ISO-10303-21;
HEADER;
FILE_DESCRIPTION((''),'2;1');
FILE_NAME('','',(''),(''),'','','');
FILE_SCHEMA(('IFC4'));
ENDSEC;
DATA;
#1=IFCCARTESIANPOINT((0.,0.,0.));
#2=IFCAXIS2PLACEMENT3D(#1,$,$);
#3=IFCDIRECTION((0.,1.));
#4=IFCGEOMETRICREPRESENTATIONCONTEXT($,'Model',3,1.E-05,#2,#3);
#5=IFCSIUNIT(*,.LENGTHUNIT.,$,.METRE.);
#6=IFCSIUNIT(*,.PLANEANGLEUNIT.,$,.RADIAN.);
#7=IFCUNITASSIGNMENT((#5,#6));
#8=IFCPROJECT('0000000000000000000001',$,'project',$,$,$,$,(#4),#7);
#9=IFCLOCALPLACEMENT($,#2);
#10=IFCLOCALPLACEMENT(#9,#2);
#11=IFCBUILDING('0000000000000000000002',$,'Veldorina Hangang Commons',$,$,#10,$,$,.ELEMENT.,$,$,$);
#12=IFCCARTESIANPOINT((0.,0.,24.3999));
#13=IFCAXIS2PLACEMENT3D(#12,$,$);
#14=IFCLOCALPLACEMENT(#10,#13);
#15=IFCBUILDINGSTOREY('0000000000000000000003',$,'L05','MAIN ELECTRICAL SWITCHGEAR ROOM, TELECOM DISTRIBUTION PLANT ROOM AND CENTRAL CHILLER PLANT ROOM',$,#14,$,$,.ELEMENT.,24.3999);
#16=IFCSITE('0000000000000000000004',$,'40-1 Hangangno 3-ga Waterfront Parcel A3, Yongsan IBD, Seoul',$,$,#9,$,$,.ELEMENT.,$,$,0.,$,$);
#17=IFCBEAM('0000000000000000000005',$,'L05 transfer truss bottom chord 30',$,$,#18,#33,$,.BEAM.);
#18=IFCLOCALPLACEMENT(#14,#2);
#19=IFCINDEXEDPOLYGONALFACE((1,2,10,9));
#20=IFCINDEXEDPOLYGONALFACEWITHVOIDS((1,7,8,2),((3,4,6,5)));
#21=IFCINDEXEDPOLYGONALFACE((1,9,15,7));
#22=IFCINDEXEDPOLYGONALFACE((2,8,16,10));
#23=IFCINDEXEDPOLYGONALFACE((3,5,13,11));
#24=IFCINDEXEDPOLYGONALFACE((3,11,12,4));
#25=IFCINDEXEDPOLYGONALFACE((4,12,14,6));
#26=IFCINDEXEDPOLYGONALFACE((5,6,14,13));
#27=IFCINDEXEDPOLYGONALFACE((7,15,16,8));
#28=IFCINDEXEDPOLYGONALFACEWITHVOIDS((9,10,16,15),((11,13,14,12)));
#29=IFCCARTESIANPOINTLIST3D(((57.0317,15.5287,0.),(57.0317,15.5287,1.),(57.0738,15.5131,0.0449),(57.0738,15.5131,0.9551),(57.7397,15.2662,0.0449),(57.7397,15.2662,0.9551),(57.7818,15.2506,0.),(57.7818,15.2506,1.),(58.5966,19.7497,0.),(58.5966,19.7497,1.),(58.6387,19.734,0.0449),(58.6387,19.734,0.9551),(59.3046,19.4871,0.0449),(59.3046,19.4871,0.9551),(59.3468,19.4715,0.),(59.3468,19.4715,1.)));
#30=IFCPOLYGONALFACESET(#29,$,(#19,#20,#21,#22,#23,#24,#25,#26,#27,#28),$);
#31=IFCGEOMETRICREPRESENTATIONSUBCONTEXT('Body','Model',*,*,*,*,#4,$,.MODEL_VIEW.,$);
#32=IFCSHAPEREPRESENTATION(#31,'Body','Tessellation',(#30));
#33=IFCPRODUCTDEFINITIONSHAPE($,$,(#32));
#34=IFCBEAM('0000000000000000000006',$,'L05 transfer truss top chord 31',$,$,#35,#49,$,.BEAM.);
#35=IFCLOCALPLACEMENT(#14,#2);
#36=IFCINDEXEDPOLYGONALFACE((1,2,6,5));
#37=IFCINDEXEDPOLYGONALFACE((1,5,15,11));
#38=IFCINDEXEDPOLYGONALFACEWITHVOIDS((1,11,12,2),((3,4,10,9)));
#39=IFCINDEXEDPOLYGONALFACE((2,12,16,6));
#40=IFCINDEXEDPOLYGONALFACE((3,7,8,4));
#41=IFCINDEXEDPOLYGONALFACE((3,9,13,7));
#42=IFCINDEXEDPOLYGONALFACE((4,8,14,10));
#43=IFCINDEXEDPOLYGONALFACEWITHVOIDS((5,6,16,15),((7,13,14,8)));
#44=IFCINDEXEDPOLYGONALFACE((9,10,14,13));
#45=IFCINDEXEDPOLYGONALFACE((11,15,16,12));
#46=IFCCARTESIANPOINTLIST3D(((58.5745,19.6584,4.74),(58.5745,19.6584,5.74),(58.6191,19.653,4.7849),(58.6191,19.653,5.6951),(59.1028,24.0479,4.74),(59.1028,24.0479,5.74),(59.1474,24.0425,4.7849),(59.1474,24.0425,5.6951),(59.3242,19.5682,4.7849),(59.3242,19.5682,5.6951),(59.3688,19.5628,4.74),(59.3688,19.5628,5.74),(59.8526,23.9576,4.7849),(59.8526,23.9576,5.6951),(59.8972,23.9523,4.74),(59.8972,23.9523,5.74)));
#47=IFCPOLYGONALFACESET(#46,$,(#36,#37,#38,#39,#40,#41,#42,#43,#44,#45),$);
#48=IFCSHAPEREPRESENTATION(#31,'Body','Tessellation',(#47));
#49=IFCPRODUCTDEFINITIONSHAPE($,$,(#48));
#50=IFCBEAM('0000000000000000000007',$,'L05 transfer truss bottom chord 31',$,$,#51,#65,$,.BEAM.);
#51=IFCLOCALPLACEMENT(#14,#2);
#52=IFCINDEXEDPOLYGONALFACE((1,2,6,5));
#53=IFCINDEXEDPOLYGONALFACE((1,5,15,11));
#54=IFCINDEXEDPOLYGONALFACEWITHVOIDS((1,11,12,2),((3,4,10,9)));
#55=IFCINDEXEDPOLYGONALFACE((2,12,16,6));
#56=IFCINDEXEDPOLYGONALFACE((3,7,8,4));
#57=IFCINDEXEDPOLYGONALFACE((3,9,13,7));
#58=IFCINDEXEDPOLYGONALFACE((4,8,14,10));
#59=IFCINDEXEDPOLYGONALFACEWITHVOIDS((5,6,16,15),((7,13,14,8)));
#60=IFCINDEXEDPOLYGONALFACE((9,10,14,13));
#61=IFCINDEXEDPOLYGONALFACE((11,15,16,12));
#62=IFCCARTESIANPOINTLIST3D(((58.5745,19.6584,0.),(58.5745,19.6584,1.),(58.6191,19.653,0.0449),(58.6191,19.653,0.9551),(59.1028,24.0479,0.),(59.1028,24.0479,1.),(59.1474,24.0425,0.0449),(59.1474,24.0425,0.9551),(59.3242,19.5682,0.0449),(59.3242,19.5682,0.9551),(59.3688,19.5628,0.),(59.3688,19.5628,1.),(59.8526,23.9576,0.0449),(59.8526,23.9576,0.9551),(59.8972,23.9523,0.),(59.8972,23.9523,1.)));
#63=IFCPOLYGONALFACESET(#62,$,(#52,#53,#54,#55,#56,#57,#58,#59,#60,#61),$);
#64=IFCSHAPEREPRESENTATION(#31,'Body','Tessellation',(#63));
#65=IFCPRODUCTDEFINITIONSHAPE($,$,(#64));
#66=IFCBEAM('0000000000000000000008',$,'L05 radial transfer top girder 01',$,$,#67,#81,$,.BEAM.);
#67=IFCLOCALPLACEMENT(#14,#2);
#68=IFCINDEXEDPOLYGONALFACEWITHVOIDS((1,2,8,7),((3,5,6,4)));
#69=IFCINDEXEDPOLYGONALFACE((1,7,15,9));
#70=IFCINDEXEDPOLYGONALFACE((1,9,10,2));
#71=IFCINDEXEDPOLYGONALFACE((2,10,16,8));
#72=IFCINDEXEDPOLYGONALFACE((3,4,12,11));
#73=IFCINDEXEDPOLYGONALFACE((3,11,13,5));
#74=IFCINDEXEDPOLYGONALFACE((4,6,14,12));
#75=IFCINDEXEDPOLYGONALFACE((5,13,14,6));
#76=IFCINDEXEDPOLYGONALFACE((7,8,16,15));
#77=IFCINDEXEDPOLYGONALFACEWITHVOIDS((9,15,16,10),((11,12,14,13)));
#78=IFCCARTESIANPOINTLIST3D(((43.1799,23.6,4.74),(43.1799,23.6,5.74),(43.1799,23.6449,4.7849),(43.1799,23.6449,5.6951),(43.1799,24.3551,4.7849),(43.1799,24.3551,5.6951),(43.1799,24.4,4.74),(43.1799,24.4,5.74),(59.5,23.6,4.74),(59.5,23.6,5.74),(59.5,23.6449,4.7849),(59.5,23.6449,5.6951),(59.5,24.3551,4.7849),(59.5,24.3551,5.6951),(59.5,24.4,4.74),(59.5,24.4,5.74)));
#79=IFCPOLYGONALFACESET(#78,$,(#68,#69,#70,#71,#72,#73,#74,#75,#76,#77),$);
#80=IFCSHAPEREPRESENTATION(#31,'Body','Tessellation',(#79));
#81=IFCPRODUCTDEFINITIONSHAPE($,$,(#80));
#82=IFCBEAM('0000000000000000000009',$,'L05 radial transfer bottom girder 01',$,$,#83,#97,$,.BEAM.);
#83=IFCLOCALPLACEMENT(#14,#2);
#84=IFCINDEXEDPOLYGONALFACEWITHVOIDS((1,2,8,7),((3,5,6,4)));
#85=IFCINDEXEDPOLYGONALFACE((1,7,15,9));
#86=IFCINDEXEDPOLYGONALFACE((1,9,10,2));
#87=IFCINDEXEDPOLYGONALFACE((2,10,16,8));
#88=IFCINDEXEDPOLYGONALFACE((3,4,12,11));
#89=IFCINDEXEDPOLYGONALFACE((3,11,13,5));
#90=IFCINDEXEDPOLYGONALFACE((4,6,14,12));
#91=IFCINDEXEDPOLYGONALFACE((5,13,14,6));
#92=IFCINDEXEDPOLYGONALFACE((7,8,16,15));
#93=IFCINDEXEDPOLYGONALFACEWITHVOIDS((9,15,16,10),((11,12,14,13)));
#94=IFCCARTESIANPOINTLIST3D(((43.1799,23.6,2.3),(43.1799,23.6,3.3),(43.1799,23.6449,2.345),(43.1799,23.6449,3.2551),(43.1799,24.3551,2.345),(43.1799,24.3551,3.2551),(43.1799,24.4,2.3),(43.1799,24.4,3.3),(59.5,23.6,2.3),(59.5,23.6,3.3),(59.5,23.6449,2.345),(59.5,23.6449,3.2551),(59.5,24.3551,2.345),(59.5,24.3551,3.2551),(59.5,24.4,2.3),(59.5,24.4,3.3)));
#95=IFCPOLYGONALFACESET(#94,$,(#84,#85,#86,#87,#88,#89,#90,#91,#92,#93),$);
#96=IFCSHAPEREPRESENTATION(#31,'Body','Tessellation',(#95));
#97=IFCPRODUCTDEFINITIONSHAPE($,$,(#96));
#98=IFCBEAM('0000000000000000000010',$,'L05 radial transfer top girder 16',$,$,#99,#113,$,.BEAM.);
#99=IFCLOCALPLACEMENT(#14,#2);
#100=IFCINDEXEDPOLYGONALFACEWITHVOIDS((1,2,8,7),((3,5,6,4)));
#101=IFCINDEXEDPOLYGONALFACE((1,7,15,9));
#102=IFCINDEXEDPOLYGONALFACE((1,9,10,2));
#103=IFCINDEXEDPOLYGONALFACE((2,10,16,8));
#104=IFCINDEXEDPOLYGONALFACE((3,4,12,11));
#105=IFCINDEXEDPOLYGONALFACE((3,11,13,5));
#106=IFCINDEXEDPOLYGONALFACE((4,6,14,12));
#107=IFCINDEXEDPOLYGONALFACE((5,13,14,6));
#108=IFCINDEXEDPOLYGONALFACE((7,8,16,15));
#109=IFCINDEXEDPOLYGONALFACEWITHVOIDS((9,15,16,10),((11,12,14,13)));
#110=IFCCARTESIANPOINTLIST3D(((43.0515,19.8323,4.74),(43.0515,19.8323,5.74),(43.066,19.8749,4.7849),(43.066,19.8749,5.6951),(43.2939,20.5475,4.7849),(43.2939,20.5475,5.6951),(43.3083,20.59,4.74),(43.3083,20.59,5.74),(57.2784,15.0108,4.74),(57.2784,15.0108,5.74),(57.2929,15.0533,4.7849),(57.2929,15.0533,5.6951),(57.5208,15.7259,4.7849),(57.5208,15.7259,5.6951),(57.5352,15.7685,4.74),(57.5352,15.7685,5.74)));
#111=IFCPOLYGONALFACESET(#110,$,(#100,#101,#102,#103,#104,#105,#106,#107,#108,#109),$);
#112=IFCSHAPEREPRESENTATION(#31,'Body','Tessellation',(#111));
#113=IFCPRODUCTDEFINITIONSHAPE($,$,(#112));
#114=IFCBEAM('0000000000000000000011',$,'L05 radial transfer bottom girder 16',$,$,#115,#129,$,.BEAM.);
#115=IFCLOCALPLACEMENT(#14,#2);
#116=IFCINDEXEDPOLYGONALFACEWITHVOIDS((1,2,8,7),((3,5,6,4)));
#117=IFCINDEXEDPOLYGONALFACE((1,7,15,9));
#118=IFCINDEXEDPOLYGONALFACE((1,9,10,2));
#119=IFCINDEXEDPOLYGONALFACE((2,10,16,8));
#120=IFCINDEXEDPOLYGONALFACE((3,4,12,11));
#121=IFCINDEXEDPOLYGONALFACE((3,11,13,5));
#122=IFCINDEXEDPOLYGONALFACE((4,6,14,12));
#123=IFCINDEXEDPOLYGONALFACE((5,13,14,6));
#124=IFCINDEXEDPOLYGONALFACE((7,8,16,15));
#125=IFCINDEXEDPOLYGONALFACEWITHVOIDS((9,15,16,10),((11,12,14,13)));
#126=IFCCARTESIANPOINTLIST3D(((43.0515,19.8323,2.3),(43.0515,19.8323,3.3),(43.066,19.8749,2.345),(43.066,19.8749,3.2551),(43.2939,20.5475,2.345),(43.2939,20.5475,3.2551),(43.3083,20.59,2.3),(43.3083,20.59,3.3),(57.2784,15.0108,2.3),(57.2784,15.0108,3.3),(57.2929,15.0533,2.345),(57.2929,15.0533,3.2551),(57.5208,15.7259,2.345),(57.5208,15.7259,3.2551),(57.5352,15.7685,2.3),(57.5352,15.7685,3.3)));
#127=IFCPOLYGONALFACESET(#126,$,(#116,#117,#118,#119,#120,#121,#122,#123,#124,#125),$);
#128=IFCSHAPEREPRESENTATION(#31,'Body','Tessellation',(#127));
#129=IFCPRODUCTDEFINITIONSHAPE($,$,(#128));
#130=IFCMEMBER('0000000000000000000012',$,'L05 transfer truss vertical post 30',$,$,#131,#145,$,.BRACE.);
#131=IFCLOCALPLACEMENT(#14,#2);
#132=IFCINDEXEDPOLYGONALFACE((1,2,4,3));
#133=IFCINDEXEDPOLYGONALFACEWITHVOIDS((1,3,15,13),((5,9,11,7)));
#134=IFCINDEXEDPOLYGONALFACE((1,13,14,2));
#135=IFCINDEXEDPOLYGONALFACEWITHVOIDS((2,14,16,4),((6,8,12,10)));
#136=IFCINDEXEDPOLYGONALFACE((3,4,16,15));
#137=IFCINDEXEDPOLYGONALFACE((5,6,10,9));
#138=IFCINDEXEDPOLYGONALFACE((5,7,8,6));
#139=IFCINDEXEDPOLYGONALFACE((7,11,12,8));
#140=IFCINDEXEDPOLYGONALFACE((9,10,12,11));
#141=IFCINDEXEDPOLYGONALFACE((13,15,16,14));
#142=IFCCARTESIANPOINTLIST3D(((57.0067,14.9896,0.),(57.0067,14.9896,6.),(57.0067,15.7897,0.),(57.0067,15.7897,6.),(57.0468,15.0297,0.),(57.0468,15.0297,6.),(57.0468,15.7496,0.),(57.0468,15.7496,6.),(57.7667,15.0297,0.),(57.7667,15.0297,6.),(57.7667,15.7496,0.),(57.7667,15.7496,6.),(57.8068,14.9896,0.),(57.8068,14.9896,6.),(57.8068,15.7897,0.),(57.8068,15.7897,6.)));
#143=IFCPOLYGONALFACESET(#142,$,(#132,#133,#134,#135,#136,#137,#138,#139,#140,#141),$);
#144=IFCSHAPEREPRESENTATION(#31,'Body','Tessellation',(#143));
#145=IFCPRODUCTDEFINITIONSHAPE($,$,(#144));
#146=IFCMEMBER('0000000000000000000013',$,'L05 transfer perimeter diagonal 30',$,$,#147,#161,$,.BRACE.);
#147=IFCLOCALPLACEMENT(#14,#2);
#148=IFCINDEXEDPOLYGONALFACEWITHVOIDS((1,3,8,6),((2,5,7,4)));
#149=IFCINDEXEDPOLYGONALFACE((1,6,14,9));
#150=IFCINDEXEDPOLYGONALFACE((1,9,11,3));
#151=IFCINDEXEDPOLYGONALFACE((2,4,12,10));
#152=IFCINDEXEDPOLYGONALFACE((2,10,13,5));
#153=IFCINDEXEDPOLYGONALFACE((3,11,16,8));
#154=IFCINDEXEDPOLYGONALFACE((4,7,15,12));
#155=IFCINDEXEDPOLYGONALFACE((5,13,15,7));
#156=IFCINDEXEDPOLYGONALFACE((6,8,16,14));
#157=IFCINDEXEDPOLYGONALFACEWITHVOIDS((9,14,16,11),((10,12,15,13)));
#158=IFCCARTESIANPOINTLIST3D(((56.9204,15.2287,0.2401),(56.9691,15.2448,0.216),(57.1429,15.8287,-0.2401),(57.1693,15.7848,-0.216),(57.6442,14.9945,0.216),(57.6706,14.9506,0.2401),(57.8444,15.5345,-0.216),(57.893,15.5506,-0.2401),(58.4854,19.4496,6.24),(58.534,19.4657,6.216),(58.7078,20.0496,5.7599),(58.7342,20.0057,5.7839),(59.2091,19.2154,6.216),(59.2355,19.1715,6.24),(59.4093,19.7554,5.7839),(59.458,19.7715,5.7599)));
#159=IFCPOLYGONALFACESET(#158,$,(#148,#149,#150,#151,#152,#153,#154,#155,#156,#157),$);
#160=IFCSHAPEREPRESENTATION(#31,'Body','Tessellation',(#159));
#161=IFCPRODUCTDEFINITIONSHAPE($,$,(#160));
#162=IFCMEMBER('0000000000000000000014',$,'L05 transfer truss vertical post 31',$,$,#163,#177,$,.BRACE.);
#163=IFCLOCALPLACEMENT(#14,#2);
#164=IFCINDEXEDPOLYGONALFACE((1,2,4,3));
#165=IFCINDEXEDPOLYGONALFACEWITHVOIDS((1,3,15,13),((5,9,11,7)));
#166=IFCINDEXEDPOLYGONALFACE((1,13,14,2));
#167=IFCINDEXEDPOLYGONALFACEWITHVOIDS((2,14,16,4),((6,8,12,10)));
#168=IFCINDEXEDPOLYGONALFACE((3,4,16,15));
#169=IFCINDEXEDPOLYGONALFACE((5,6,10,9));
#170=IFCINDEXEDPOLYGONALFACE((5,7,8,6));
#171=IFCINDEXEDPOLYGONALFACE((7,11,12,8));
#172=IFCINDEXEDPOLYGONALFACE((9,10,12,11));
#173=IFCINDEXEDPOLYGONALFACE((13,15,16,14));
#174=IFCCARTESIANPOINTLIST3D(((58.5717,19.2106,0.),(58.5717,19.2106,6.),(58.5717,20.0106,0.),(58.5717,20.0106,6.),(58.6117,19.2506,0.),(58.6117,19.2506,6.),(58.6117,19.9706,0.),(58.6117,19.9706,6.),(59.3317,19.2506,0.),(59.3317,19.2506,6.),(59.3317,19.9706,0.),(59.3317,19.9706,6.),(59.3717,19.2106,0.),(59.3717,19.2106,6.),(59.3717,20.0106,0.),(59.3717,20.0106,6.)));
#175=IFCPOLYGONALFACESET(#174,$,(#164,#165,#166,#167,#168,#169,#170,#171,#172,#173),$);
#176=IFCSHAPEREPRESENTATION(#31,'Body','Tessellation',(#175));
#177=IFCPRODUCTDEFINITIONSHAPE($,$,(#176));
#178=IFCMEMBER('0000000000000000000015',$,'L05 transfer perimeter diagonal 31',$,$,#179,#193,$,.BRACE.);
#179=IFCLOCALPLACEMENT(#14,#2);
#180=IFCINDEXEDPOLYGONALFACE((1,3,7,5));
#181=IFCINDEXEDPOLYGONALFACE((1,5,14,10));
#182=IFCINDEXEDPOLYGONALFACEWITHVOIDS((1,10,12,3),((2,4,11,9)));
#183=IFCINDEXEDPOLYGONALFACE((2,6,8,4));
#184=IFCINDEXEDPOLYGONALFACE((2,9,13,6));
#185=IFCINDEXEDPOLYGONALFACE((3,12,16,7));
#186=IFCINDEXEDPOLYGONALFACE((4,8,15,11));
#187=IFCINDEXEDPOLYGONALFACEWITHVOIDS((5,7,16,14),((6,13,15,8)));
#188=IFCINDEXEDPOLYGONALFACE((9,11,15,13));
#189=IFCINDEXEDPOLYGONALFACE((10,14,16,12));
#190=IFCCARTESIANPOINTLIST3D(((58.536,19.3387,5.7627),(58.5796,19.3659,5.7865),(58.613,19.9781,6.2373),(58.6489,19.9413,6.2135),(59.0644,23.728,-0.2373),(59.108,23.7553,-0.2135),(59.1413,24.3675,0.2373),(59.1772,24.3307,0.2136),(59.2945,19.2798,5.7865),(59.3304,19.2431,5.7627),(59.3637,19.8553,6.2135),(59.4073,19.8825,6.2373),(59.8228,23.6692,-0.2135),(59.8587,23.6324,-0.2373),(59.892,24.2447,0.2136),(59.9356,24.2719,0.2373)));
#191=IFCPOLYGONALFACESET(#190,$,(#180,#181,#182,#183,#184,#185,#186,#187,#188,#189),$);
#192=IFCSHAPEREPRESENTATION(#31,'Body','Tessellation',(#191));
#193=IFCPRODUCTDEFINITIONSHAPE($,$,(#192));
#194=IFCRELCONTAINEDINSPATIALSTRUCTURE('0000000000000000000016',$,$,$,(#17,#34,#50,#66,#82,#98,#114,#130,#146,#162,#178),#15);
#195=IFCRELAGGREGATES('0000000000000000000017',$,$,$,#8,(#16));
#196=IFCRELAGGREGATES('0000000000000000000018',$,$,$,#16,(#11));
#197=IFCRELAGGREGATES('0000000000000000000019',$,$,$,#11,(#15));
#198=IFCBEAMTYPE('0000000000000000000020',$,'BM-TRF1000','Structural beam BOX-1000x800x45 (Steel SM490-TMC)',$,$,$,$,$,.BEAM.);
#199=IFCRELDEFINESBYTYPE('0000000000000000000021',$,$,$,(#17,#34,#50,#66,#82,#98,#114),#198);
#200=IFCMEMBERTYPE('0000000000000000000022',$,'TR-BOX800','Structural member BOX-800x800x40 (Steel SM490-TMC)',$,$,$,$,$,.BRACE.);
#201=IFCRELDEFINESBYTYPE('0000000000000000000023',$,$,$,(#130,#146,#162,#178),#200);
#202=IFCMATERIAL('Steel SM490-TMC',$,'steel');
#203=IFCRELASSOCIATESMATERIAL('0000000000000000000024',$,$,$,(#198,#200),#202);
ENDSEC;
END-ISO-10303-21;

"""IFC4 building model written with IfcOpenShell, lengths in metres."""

from ifc_helpers import new_model, si_unit, direction, frame, origin, origin_2d, place, context, subcontext, project, spatial, hollow_rectangle, extrude, material, material_profile, profile_set, type_object, element, save


model = new_model("IFC4")

# Units and contexts
model_context = context("Model", 3, precision=1e-05, world=origin(), true_north=direction((0.0, 1.0)))
body_context = subcontext(model_context, "Body", "Model", "MODEL_VIEW")
ifc_project = project(units=[si_unit("LENGTHUNIT", "METRE"), si_unit("PLANEANGLEUNIT", "RADIAN")], contexts=[model_context])

# Site, building, storey
site_placement = place(None, origin())
site = spatial("IfcSite", under=ifc_project, at=site_placement, Name="40-1 Hangangno 3-ga Waterfront Parcel A3, Yongsan IBD, Seoul", CompositionType="ELEMENT", RefElevation=0.0)
building_placement = place(site_placement, origin())
building = spatial("IfcBuilding", under=site, at=building_placement, Name="Veldorina Hangang Commons", CompositionType="ELEMENT")
storey_placement = place(building_placement, frame((0.0, 0.0, 24.3999)))
storey = spatial("IfcBuildingStorey", under=building, at=storey_placement, Name="L05", Description="MAIN ELECTRICAL SWITCHGEAR ROOM, TELECOM DISTRIBUTION PLANT ROOM AND CENTRAL CHILLER PLANT ROOM", CompositionType="ELEMENT", Elevation=24.3999)

# Beams
ifc_material_1 = material(Name="Steel SM490-TMC", Category="steel")
ifc_material_profile_1 = material_profile(ifc_material_1, hollow_rectangle(XDim=0.8, YDim=1.0, WallThickness=0.0449, at=origin_2d()), Name="BOX-1000x800x45")
ifc_profile_set_1 = profile_set([ifc_material_profile_1], Name="Steel SM490-TMC")
beam_type = type_object("IfcBeamType", Name="BM-TRF1000", Description="Structural beam BOX-1000x800x45 (Steel SM490-TMC)", PredefinedType="BEAM", material=ifc_profile_set_1)
beam_placement = place(storey_placement, frame((57.4067, 15.3896, 0.5), z_axis=(0.347632, 0.937631, 0.0), x_axis=(-0.937631, 0.347632, 0.0)))
element("IfcBeam", 1, at=beam_placement, inside=storey, type_object=beam_type, Name="L05 transfer truss bottom chord 30", PredefinedType="BEAM", context=body_context, shape_type="SweptSolid", body=[
    extrude(hollow_rectangle(XDim=0.8, YDim=1.0, WallThickness=0.0449, at=origin_2d()), origin(), (0.0, 0.0, 1.0), 4.5017),
])
for number, where, z_axis, x_axis, name in (
    (2, (58.9717, 19.6106, 5.24), (0.1195, 0.992834, 0.0), (-0.992834, 0.1195, 0.0), "L05 transfer truss top chord 31"),
    (3, (58.9717, 19.6106, 0.5), (0.1195, 0.992834, 0.0), (-0.992834, 0.1195, 0.0), "L05 transfer truss bottom chord 31"),
):
    element("IfcBeam", number, at=place(storey_placement, frame(where, z_axis=z_axis, x_axis=x_axis)), inside=storey, type_object=beam_type, Name=name, PredefinedType="BEAM", context=body_context, shape_type="SweptSolid", body=[
        extrude(hollow_rectangle(XDim=0.8, YDim=1.0, WallThickness=0.0449, at=origin_2d()), origin(), (0.0, 0.0, 1.0), 4.4211),
    ])
for number, where, z_axis, x_axis, name in (
    (4, (43.1799, 24.0, 5.24), (1.0, 0.0, 0.0), (0.0, 1.0, 0.0), "L05 radial transfer top girder 01"),
    (5, (43.1799, 24.0, 2.8), (1.0, 0.0, 0.0), (0.0, 1.0, 0.0), "L05 radial transfer bottom girder 01"),
):
    element("IfcBeam", number, at=place(storey_placement, frame(where, z_axis=z_axis, x_axis=x_axis)), inside=storey, type_object=beam_type, Name=name, PredefinedType="BEAM", context=body_context, shape_type="SweptSolid", body=[
        extrude(hollow_rectangle(XDim=0.8, YDim=1.0, WallThickness=0.0449, at=origin_2d()), origin(), (0.0, 0.0, 1.0), 16.3201),
    ])
for number, where, z_axis, x_axis, name in (
    (6, (43.1799, 20.2112, 5.24), (0.947088, -0.320973, 0.0), (0.320973, 0.947088, 0.0), "L05 radial transfer top girder 16"),
    (7, (43.1799, 20.2112, 2.8), (0.947088, -0.320973, 0.0), (0.320973, 0.947088, 0.0), "L05 radial transfer bottom girder 16"),
):
    element("IfcBeam", number, at=place(storey_placement, frame(where, z_axis=z_axis, x_axis=x_axis)), inside=storey, type_object=beam_type, Name=name, PredefinedType="BEAM", context=body_context, shape_type="SweptSolid", body=[
        extrude(hollow_rectangle(XDim=0.8, YDim=1.0, WallThickness=0.0449, at=origin_2d()), origin(), (0.0, 0.0, 1.0), 15.0217),
    ])

# Members
ifc_material_profile_2 = material_profile(ifc_material_1, hollow_rectangle(XDim=0.8, YDim=0.8, WallThickness=0.04, at=origin_2d()), Name="BOX-800x800x40")
ifc_profile_set_2 = profile_set([ifc_material_profile_2], Name="Steel SM490-TMC")
member_type = type_object("IfcMemberType", Name="TR-BOX800", Description="Structural member BOX-800x800x40 (Steel SM490-TMC)", PredefinedType="BRACE", material=ifc_profile_set_2)
member_1_placement = place(storey_placement, frame((57.4067, 15.3896, 0.0), z_axis=(0.0, 0.0, 1.0), x_axis=(1.0, 0.0, 0.0)))
element("IfcMember", 8, at=member_1_placement, inside=storey, type_object=member_type, Name="L05 transfer truss vertical post 30", PredefinedType="BRACE", context=body_context, shape_type="SweptSolid", body=[
    extrude(hollow_rectangle(XDim=0.8, YDim=0.8, WallThickness=0.04, at=origin_2d()), origin(), (0.0, 0.0, 1.0), 6.0),
])
member_2_placement = place(storey_placement, frame((57.4067, 15.3896, 0.0), z_axis=(0.20863, 0.562716, 0.79989), x_axis=(-0.937631, 0.347632, 0.0)))
element("IfcMember", 9, at=member_2_placement, inside=storey, type_object=member_type, Name="L05 transfer perimeter diagonal 30", PredefinedType="BRACE", context=body_context, shape_type="SweptSolid", body=[
    extrude(hollow_rectangle(XDim=0.8, YDim=0.8, WallThickness=0.04, at=origin_2d()), origin(), (0.0, 0.0, 1.0), 7.501),
])
member_3_placement = place(storey_placement, frame((58.9717, 19.6106, 0.0), z_axis=(0.0, 0.0, 1.0), x_axis=(1.0, 0.0, 0.0)))
element("IfcMember", 10, at=member_3_placement, inside=storey, type_object=member_type, Name="L05 transfer truss vertical post 31", PredefinedType="BRACE", context=body_context, shape_type="SweptSolid", body=[
    extrude(hollow_rectangle(XDim=0.8, YDim=0.8, WallThickness=0.04, at=origin_2d()), origin(), (0.0, 0.0, 1.0), 6.0),
])
member_4_placement = place(storey_placement, frame((58.9717, 19.6106, 6.0), z_axis=(0.070888, 0.588951, -0.805054), x_axis=(-0.992834, 0.1195, 0.0)))
element("IfcMember", 11, at=member_4_placement, inside=storey, type_object=member_type, Name="L05 transfer perimeter diagonal 31", PredefinedType="BRACE", context=body_context, shape_type="SweptSolid", body=[
    extrude(hollow_rectangle(XDim=0.8, YDim=0.8, WallThickness=0.04, at=origin_2d()), origin(), (0.0, 0.0, 1.0), 7.4529),
])

save(model, "model.ifc")
